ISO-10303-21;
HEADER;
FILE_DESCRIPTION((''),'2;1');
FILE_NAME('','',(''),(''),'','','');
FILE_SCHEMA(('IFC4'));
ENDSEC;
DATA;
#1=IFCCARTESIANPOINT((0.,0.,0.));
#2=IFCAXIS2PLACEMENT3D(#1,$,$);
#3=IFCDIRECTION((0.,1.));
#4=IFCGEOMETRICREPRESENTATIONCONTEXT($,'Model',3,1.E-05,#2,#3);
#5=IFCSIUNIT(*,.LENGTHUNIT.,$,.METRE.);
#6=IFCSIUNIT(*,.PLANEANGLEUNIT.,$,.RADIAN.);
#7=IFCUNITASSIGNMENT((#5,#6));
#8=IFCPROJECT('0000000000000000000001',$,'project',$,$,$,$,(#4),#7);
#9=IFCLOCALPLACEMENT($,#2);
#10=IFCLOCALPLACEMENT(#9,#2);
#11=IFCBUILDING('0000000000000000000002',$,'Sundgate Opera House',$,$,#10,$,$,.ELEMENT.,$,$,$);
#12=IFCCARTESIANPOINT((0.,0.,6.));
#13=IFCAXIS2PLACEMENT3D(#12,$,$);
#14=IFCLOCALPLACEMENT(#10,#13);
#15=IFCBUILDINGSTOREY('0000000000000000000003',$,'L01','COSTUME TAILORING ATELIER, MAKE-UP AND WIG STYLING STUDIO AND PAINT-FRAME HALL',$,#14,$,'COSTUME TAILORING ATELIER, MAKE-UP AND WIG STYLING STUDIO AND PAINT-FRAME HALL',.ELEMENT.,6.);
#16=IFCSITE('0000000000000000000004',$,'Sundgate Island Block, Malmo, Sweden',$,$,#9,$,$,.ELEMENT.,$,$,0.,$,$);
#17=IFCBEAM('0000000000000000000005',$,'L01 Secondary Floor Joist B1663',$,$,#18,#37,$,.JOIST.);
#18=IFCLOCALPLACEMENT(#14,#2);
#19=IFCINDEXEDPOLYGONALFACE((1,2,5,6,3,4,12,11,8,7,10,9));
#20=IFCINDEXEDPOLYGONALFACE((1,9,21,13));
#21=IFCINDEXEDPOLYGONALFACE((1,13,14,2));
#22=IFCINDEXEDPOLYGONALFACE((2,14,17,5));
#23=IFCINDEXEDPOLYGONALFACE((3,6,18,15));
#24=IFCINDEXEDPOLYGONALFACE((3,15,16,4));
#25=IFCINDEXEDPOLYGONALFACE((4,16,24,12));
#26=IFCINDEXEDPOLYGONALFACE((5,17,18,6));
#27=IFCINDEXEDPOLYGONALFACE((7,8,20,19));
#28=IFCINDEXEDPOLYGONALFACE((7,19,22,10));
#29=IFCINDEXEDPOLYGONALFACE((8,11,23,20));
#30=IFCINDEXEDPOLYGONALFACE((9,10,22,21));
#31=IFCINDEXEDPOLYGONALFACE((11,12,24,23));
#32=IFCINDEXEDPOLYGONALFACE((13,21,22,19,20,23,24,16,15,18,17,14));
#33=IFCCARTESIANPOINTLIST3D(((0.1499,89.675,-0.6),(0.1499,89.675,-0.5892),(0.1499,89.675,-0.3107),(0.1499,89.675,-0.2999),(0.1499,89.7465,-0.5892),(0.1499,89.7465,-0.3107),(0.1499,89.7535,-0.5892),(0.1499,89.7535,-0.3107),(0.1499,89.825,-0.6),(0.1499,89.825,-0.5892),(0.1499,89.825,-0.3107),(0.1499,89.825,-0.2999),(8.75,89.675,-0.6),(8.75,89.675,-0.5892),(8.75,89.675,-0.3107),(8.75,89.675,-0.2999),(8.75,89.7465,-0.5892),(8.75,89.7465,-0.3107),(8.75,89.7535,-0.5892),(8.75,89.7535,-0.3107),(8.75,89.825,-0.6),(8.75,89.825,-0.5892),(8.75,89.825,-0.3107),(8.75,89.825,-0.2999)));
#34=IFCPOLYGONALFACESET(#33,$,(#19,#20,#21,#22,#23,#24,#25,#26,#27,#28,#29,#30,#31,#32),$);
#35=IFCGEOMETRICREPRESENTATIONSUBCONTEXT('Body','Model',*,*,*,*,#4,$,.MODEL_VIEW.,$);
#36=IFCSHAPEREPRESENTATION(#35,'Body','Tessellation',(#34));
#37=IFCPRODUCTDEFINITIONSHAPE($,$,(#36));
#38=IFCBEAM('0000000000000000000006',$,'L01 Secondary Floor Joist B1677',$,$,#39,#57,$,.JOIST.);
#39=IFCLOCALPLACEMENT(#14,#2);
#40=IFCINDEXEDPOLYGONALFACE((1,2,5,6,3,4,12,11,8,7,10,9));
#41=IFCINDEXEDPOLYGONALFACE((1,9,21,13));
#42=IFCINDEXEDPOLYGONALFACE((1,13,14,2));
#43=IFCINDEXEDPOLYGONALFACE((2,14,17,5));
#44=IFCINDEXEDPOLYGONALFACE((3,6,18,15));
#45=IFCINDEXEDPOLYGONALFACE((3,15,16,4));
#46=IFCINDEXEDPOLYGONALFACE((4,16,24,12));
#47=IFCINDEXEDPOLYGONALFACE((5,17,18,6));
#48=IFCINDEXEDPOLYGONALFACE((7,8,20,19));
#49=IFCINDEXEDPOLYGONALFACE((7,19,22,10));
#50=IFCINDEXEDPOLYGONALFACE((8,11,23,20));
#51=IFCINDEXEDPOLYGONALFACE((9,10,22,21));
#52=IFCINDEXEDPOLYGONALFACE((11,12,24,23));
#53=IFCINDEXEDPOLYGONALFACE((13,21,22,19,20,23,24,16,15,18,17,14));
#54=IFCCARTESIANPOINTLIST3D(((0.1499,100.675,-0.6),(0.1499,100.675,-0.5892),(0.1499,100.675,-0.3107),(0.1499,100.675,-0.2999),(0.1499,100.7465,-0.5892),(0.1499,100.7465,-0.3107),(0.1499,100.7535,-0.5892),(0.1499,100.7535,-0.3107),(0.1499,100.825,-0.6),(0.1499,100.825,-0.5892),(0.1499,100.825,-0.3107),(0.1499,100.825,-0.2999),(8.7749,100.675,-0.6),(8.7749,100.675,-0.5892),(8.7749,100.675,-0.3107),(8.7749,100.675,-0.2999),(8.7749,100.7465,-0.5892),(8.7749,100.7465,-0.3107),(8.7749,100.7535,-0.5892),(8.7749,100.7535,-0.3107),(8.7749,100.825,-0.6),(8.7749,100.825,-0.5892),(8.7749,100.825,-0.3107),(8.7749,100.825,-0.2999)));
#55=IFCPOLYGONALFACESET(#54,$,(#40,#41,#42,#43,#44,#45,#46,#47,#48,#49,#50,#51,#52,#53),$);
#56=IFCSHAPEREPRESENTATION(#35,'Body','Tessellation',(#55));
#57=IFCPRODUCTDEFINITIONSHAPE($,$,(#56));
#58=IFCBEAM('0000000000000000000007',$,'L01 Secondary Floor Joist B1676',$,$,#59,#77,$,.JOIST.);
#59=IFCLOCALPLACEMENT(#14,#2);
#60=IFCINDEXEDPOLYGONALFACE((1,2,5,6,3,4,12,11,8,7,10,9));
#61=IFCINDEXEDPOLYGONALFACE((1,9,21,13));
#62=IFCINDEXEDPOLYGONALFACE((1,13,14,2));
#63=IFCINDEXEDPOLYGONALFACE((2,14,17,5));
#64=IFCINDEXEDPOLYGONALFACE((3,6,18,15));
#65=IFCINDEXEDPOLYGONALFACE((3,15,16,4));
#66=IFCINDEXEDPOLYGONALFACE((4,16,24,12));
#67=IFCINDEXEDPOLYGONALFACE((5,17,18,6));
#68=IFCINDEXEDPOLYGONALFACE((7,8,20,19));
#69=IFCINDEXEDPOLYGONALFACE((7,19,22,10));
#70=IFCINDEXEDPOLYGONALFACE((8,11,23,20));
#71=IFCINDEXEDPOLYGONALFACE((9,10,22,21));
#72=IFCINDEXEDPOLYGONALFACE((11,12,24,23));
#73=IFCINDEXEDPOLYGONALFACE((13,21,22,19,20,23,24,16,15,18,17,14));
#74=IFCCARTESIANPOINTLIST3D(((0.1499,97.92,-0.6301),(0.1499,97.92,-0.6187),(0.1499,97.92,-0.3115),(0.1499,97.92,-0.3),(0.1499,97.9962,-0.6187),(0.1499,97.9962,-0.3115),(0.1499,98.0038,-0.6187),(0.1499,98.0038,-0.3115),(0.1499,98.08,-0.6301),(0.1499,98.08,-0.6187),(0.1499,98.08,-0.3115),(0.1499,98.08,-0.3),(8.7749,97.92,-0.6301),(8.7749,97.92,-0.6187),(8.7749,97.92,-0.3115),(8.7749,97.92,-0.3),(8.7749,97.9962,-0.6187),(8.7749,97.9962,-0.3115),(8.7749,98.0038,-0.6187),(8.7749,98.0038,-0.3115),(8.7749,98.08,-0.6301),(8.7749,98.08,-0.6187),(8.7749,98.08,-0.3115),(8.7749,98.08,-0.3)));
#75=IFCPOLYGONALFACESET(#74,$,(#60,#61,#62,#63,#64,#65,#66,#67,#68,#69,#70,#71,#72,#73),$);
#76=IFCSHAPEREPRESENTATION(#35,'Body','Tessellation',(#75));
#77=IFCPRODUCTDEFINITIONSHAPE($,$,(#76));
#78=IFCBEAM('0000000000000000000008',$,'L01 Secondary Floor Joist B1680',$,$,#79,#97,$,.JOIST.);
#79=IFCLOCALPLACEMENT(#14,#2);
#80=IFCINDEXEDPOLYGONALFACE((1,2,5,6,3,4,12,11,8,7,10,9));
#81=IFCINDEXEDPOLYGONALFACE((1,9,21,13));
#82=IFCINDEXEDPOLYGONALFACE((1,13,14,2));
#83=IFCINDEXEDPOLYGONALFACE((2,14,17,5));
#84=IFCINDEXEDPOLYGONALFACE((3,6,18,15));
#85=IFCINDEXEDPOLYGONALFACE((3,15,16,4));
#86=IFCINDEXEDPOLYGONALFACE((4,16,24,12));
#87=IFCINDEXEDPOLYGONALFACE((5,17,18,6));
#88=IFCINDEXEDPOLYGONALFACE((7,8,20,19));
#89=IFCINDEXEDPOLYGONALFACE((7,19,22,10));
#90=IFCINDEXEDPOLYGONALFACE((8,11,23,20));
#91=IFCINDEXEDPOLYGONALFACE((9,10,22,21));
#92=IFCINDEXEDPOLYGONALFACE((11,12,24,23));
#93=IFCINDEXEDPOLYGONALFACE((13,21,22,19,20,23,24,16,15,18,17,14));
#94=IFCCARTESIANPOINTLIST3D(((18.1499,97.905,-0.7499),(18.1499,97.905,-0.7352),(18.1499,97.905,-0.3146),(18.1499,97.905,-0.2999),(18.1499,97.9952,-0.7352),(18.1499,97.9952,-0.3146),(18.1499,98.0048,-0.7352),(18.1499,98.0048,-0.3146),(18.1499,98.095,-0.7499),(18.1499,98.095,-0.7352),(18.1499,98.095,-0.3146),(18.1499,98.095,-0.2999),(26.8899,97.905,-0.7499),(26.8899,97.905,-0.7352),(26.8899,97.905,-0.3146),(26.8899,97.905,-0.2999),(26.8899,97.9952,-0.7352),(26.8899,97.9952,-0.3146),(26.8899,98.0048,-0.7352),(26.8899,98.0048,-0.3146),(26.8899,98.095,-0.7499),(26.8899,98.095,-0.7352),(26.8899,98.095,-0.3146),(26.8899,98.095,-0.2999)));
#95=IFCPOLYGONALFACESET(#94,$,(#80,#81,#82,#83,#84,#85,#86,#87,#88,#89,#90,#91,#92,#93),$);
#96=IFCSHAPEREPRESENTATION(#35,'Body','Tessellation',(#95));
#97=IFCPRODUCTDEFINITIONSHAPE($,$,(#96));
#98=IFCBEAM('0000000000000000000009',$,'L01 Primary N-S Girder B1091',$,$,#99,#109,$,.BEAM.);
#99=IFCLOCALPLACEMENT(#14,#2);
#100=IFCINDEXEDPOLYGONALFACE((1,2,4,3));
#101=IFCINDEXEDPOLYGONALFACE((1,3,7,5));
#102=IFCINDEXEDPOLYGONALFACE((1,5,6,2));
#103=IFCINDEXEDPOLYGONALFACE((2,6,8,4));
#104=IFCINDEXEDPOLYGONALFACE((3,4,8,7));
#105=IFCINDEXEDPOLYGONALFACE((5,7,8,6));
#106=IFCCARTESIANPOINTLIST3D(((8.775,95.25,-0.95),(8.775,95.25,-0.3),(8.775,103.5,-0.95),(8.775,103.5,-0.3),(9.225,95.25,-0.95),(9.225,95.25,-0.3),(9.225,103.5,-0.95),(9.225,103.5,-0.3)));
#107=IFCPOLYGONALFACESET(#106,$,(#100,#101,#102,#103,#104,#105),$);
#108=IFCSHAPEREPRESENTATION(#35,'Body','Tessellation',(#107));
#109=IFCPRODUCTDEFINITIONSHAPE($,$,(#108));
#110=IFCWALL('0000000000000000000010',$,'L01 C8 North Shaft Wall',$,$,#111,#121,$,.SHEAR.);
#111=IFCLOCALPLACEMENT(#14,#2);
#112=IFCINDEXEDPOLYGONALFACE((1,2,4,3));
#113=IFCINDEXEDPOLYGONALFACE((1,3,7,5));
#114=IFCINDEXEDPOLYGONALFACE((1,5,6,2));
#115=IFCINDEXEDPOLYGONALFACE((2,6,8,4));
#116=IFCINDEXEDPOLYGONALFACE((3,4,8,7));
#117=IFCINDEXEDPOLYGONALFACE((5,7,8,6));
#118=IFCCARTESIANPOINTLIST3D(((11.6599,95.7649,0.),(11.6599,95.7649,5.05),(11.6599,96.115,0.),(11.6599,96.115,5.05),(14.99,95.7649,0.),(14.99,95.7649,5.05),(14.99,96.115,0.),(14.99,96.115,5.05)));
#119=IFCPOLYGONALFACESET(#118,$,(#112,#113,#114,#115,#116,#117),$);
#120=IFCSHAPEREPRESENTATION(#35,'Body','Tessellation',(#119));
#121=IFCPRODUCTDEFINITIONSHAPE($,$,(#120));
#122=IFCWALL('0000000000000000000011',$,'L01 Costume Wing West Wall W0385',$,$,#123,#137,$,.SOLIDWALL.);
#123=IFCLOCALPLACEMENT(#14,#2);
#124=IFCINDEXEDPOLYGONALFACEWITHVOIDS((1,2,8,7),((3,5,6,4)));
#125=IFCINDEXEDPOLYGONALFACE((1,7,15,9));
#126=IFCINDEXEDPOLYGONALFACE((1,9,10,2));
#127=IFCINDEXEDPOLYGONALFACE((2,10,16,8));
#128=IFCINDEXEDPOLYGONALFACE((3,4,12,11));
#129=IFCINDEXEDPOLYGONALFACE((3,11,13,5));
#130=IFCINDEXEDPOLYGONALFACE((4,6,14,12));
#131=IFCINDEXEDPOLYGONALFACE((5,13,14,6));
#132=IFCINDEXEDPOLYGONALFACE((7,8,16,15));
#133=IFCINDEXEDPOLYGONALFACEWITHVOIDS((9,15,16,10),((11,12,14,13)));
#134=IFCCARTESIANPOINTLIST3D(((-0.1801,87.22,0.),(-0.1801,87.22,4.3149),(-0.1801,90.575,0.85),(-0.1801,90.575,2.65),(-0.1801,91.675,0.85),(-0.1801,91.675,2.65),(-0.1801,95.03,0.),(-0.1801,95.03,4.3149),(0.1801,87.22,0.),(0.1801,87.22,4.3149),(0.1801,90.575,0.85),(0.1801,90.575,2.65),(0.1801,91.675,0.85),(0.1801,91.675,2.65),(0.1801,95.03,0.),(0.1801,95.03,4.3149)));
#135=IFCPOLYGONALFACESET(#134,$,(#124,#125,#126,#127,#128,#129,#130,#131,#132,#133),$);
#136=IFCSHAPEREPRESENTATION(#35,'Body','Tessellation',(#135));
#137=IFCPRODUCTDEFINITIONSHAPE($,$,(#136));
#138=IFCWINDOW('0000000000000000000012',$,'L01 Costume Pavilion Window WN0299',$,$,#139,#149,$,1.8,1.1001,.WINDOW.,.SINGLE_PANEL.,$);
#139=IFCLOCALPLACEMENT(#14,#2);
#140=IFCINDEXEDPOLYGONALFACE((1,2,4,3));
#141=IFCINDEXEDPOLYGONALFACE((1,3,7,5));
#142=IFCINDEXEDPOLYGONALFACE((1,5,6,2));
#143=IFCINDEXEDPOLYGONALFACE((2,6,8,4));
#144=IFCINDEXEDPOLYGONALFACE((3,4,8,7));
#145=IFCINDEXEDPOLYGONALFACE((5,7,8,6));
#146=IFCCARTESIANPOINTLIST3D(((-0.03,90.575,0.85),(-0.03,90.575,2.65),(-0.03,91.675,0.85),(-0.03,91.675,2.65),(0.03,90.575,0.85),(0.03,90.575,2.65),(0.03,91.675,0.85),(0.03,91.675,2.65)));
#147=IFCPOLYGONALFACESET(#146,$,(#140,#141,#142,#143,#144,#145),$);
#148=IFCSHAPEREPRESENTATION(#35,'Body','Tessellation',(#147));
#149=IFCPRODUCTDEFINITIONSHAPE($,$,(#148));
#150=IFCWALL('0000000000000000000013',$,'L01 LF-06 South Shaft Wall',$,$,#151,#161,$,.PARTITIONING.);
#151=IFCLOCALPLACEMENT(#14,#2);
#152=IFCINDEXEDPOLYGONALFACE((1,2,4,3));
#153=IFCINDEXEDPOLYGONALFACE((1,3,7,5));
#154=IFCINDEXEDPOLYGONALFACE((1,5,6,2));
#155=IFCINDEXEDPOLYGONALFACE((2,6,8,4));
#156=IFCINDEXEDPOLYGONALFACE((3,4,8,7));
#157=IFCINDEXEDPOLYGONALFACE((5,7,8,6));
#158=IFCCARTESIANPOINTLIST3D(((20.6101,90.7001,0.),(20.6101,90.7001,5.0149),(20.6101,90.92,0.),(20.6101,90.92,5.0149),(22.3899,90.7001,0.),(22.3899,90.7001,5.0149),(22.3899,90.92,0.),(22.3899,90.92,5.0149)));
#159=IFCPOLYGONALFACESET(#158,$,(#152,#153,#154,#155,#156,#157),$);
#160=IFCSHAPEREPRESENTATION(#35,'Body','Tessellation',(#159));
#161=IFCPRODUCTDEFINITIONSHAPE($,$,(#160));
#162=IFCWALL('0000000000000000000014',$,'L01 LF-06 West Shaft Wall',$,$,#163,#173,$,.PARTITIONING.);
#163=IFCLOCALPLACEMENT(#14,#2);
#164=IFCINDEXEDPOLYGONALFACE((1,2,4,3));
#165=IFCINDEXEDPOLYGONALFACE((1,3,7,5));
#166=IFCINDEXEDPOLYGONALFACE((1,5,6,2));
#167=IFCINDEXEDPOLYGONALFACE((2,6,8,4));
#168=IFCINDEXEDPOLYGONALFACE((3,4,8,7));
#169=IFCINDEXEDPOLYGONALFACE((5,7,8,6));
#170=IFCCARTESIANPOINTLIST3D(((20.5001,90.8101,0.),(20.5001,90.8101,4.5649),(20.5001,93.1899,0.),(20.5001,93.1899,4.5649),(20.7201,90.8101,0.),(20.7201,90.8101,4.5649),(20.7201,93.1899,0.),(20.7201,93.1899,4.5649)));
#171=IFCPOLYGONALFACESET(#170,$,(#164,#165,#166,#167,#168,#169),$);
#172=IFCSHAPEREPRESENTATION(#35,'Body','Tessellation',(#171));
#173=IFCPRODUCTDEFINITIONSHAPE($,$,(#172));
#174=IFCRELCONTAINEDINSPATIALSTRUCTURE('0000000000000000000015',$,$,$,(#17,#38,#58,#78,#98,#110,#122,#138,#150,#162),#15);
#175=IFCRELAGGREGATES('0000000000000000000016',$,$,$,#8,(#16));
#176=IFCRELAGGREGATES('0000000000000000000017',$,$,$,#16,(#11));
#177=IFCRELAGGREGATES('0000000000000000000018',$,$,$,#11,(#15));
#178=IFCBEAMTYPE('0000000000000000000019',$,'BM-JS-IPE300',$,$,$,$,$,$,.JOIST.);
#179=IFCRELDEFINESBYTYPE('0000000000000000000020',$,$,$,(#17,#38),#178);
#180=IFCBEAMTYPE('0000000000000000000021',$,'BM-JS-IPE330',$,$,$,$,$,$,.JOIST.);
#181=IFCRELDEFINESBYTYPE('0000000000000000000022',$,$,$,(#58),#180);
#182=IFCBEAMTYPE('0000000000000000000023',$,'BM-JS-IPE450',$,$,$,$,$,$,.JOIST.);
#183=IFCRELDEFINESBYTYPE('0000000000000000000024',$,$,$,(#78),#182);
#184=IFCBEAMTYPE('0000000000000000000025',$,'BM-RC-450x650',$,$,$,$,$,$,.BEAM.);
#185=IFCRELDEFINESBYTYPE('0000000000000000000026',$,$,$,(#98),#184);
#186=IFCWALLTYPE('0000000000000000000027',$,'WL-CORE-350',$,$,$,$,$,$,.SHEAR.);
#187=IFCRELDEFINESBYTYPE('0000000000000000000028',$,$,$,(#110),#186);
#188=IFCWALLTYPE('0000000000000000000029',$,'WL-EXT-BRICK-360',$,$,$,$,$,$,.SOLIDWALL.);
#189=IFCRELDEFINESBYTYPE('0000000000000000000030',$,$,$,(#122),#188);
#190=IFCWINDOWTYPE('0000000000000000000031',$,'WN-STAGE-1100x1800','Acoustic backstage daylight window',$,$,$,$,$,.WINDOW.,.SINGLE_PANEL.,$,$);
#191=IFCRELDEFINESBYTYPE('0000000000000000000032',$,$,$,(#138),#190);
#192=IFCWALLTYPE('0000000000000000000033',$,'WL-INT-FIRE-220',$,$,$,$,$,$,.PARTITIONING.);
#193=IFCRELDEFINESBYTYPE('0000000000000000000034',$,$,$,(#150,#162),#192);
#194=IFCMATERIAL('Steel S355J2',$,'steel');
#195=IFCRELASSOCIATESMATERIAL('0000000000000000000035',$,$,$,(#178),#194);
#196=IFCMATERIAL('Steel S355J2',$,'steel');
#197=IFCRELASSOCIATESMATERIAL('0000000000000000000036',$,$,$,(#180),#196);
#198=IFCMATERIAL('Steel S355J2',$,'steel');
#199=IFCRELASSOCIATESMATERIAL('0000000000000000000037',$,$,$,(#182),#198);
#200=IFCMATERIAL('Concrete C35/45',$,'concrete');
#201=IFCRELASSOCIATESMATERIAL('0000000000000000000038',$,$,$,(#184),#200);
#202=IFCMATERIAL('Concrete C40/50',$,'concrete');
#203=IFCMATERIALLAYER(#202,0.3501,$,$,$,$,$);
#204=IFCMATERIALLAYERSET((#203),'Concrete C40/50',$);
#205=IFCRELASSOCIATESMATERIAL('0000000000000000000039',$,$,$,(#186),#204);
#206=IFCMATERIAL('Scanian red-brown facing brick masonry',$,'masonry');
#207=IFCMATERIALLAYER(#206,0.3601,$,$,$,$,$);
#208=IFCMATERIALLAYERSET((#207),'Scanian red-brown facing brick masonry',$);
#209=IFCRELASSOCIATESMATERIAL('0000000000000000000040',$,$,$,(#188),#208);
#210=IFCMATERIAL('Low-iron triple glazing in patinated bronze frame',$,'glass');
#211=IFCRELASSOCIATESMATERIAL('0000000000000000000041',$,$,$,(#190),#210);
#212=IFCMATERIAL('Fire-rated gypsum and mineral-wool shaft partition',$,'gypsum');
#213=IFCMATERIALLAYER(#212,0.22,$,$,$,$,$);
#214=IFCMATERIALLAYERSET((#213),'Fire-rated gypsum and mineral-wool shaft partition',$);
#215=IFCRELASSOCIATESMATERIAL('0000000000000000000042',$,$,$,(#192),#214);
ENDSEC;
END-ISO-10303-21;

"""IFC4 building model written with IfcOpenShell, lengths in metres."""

from ifc_helpers import new_model, si_unit, direction, frame, frame_2d, origin, origin_2d, place, context, subcontext, project, spatial, rectangle, i_section, extrude, material, layer, layer_set, material_profile, profile_set, type_object, element, fill, save


model = new_model("IFC4")

# Units and contexts
model_context = context("Model", 3, precision=1e-05, world=origin(), true_north=direction((0.0, 1.0)))
body_context = subcontext(model_context, "Body", "Model", "MODEL_VIEW")
ifc_project = project(units=[si_unit("LENGTHUNIT", "METRE"), si_unit("PLANEANGLEUNIT", "RADIAN")], contexts=[model_context])

# Site, building, storey
site_placement = place(None, origin())
site = spatial("IfcSite", under=ifc_project, at=site_placement, Name="Sundgate Island Block, Malmo, Sweden", CompositionType="ELEMENT", RefElevation=0.0)
building_placement = place(site_placement, origin())
building = spatial("IfcBuilding", under=site, at=building_placement, Name="Sundgate Opera House", CompositionType="ELEMENT")
storey_placement = place(building_placement, frame((0.0, 0.0, 6.0)))
storey = spatial("IfcBuildingStorey", under=building, at=storey_placement, Name="L01", Description="COSTUME TAILORING ATELIER, MAKE-UP AND WIG STYLING STUDIO AND PAINT-FRAME HALL", LongName="COSTUME TAILORING ATELIER, MAKE-UP AND WIG STYLING STUDIO AND PAINT-FRAME HALL", CompositionType="ELEMENT", Elevation=6.0)

# Beams
ifc_material_1 = material(Name="Steel S355J2", Category="steel")
ifc_material_profile_1 = material_profile(ifc_material_1, i_section(OverallWidth=0.1499, OverallDepth=0.3, WebThickness=0.0071, FlangeThickness=0.0107, at=origin_2d()), Name="IPE 300")
ifc_profile_set_1 = profile_set([ifc_material_profile_1], Name="Steel S355J2")
beam_type_1 = type_object("IfcBeamType", Name="BM-JS-IPE300", PredefinedType="JOIST", material=ifc_profile_set_1)
beam_1_placement = place(storey_placement, frame((0.1499, 89.75, -0.45), z_axis=(1.0, 0.0, 0.0), x_axis=(0.0, 1.0, 0.0)))
element("IfcBeam", 1, at=beam_1_placement, inside=storey, type_object=beam_type_1, Name="L01 Secondary Floor Joist B1663", PredefinedType="JOIST", context=body_context, shape_type="SweptSolid", body=[
    extrude(i_section(OverallWidth=0.1499, OverallDepth=0.3, WebThickness=0.0071, FlangeThickness=0.0107, at=origin_2d()), origin(), (0.0, 0.0, 1.0), 8.6001),
])
beam_2_placement = place(storey_placement, frame((0.1499, 100.75, -0.45), z_axis=(1.0, 0.0, 0.0), x_axis=(0.0, 1.0, 0.0)))
element("IfcBeam", 2, at=beam_2_placement, inside=storey, type_object=beam_type_1, Name="L01 Secondary Floor Joist B1677", PredefinedType="JOIST", context=body_context, shape_type="SweptSolid", body=[
    extrude(i_section(OverallWidth=0.1499, OverallDepth=0.3, WebThickness=0.0071, FlangeThickness=0.0107, at=origin_2d()), origin(), (0.0, 0.0, 1.0), 8.625),
])
ifc_material_2 = material(Name="Steel S355J2", Category="steel")
ifc_material_profile_2 = material_profile(ifc_material_2, i_section(OverallWidth=0.1599, OverallDepth=0.3301, WebThickness=0.0076, FlangeThickness=0.0115, at=origin_2d()), Name="IPE 330")
ifc_profile_set_2 = profile_set([ifc_material_profile_2], Name="Steel S355J2")
beam_type_2 = type_object("IfcBeamType", Name="BM-JS-IPE330", PredefinedType="JOIST", material=ifc_profile_set_2)
beam_3_placement = place(storey_placement, frame((0.1499, 98.0, -0.4651), z_axis=(1.0, 0.0, 0.0), x_axis=(0.0, 1.0, 0.0)))
element("IfcBeam", 3, at=beam_3_placement, inside=storey, type_object=beam_type_2, Name="L01 Secondary Floor Joist B1676", PredefinedType="JOIST", context=body_context, shape_type="SweptSolid", body=[
    extrude(i_section(OverallWidth=0.1599, OverallDepth=0.3301, WebThickness=0.0076, FlangeThickness=0.0115, at=origin_2d()), origin(), (0.0, 0.0, 1.0), 8.625),
])
ifc_material_3 = material(Name="Steel S355J2", Category="steel")
ifc_material_profile_3 = material_profile(ifc_material_3, i_section(OverallWidth=0.1899, OverallDepth=0.45, WebThickness=0.0095, FlangeThickness=0.0146, at=origin_2d()), Name="IPE 450")
ifc_profile_set_3 = profile_set([ifc_material_profile_3], Name="Steel S355J2")
beam_type_3 = type_object("IfcBeamType", Name="BM-JS-IPE450", PredefinedType="JOIST", material=ifc_profile_set_3)
beam_4_placement = place(storey_placement, frame((18.1499, 98.0, -0.5249), z_axis=(1.0, 0.0, 0.0), x_axis=(0.0, 1.0, 0.0)))
element("IfcBeam", 4, at=beam_4_placement, inside=storey, type_object=beam_type_3, Name="L01 Secondary Floor Joist B1680", PredefinedType="JOIST", context=body_context, shape_type="SweptSolid", body=[
    extrude(i_section(OverallWidth=0.1899, OverallDepth=0.45, WebThickness=0.0095, FlangeThickness=0.0146, at=origin_2d()), origin(), (0.0, 0.0, 1.0), 8.74),
])
ifc_material_4 = material(Name="Concrete C35/45", Category="concrete")
ifc_material_profile_4 = material_profile(ifc_material_4, rectangle(XDim=0.45, YDim=0.6499, at=origin_2d()), Name="RC 450x650")
ifc_profile_set_4 = profile_set([ifc_material_profile_4], Name="Concrete C35/45")
beam_type_4 = type_object("IfcBeamType", Name="BM-RC-450x650", PredefinedType="BEAM", material=ifc_profile_set_4)
beam_5_placement = place(storey_placement, frame((9.0, 95.25, -0.625), z_axis=(0.0, 1.0, 0.0), x_axis=(-1.0, 0.0, 0.0)))
element("IfcBeam", 5, at=beam_5_placement, inside=storey, type_object=beam_type_4, Name="L01 Primary N-S Girder B1091", PredefinedType="BEAM", context=body_context, shape_type="SweptSolid", body=[
    extrude(rectangle(XDim=0.45, YDim=0.6499, at=origin_2d()), origin(), (0.0, 0.0, 1.0), 8.25),
])

# Wall
ifc_material_5 = material(Name="Concrete C40/50", Category="concrete")
ifc_layer_1 = layer(ifc_material_5, 0.3501)
ifc_layer_set_1 = layer_set([ifc_layer_1], Name="Concrete C40/50")
wall_type_1 = type_object("IfcWallType", Name="WL-CORE-350", PredefinedType="SHEAR", material=ifc_layer_set_1)
wall_1_placement = place(storey_placement, frame((11.6599, 95.9399, 0.0), z_axis=(0.0, 0.0, 1.0), x_axis=(1.0, 0.0, 0.0)))
element("IfcWall", 6, at=wall_1_placement, inside=storey, type_object=wall_type_1, Name="L01 C8 North Shaft Wall", PredefinedType="SHEAR", context=body_context, shape_type="SweptSolid", body=[
    extrude(rectangle(XDim=3.3301, YDim=0.3501, at=frame_2d((1.665, 0.0))), origin(), (0.0, 0.0, 1.0), 5.05),
])

# Wall, opening, window
ifc_material_6 = material(Name="Scanian red-brown facing brick masonry", Category="masonry")
ifc_layer_2 = layer(ifc_material_6, 0.3601)
ifc_layer_set_2 = layer_set([ifc_layer_2], Name="Scanian red-brown facing brick masonry")
wall_type_2 = type_object("IfcWallType", Name="WL-EXT-BRICK-360", PredefinedType="SOLIDWALL", material=ifc_layer_set_2)
wall_2_placement = place(storey_placement, frame((0.0, 95.03, 0.0), z_axis=(0.0, 0.0, 1.0), x_axis=(0.0, -1.0, 0.0)))
wall_2 = element("IfcWall", 7, at=wall_2_placement, inside=storey, type_object=wall_type_2, Name="L01 Costume Wing West Wall W0385", PredefinedType="SOLIDWALL", context=body_context, shape_type="SweptSolid", body=[
    extrude(rectangle(XDim=7.8101, YDim=0.3601, at=frame_2d((3.905, 0.0))), origin(), (0.0, 0.0, 1.0), 4.3149),
])
opening_placement = place(wall_2_placement, frame((3.355, 0.0, 0.8501)))
opening = element("IfcOpeningElement", 8, at=opening_placement, cuts=wall_2, PredefinedType="OPENING", context=body_context, shape_type="SweptSolid", body=[
    extrude(rectangle(XDim=1.1001, YDim=1.8, at=frame_2d((0.55, 0.8999))), frame((0.0, 0.1899, 0.0), z_axis=(0.0, -1.0, 0.0), x_axis=(1.0, 0.0, 0.0)), (0.0, 0.0, 1.0), 0.3801),
])
ifc_material_7 = material(Name="Low-iron triple glazing in patinated bronze frame", Category="glass")
window_type = type_object("IfcWindowType", Name="WN-STAGE-1100x1800", Description="Acoustic backstage daylight window", PartitioningType="SINGLE_PANEL", PredefinedType="WINDOW", material=ifc_material_7)
window_placement = place(opening_placement, origin())
window = element("IfcWindow", 9, at=window_placement, inside=storey, type_object=window_type, Name="L01 Costume Pavilion Window WN0299", OverallHeight=1.8, OverallWidth=1.1001, PartitioningType="SINGLE_PANEL", PredefinedType="WINDOW", context=body_context, shape_type="SweptSolid", body=[
    extrude(rectangle(XDim=1.1001, YDim=1.8, at=frame_2d((0.55, 0.8999))), frame((0.0, 0.03, 0.0), z_axis=(0.0, -1.0, 0.0), x_axis=(1.0, 0.0, 0.0)), (0.0, 0.0, 1.0), 0.0601),
])
fill(opening, window)

# Walls
ifc_material_8 = material(Name="Fire-rated gypsum and mineral-wool shaft partition", Category="gypsum")
ifc_layer_3 = layer(ifc_material_8, 0.22)
ifc_layer_set_3 = layer_set([ifc_layer_3], Name="Fire-rated gypsum and mineral-wool shaft partition")
wall_type_3 = type_object("IfcWallType", Name="WL-INT-FIRE-220", PredefinedType="PARTITIONING", material=ifc_layer_set_3)
wall_3_placement = place(storey_placement, frame((20.6101, 90.8101, 0.0), z_axis=(0.0, 0.0, 1.0), x_axis=(1.0, 0.0, 0.0)))
element("IfcWall", 10, at=wall_3_placement, inside=storey, type_object=wall_type_3, Name="L01 LF-06 South Shaft Wall", PredefinedType="PARTITIONING", context=body_context, shape_type="SweptSolid", body=[
    extrude(rectangle(XDim=1.7798, YDim=0.22, at=frame_2d((0.8899, 0.0))), origin(), (0.0, 0.0, 1.0), 5.0149),
])
wall_4_placement = place(storey_placement, frame((20.6101, 90.8101, 0.0), z_axis=(0.0, 0.0, 1.0), x_axis=(0.0, 1.0, 0.0)))
element("IfcWall", 11, at=wall_4_placement, inside=storey, type_object=wall_type_3, Name="L01 LF-06 West Shaft Wall", PredefinedType="PARTITIONING", context=body_context, shape_type="SweptSolid", body=[
    extrude(rectangle(XDim=2.3799, YDim=0.22, at=frame_2d((1.1899, 0.0))), origin(), (0.0, 0.0, 1.0), 4.5649),
])

save(model, "model.ifc")
